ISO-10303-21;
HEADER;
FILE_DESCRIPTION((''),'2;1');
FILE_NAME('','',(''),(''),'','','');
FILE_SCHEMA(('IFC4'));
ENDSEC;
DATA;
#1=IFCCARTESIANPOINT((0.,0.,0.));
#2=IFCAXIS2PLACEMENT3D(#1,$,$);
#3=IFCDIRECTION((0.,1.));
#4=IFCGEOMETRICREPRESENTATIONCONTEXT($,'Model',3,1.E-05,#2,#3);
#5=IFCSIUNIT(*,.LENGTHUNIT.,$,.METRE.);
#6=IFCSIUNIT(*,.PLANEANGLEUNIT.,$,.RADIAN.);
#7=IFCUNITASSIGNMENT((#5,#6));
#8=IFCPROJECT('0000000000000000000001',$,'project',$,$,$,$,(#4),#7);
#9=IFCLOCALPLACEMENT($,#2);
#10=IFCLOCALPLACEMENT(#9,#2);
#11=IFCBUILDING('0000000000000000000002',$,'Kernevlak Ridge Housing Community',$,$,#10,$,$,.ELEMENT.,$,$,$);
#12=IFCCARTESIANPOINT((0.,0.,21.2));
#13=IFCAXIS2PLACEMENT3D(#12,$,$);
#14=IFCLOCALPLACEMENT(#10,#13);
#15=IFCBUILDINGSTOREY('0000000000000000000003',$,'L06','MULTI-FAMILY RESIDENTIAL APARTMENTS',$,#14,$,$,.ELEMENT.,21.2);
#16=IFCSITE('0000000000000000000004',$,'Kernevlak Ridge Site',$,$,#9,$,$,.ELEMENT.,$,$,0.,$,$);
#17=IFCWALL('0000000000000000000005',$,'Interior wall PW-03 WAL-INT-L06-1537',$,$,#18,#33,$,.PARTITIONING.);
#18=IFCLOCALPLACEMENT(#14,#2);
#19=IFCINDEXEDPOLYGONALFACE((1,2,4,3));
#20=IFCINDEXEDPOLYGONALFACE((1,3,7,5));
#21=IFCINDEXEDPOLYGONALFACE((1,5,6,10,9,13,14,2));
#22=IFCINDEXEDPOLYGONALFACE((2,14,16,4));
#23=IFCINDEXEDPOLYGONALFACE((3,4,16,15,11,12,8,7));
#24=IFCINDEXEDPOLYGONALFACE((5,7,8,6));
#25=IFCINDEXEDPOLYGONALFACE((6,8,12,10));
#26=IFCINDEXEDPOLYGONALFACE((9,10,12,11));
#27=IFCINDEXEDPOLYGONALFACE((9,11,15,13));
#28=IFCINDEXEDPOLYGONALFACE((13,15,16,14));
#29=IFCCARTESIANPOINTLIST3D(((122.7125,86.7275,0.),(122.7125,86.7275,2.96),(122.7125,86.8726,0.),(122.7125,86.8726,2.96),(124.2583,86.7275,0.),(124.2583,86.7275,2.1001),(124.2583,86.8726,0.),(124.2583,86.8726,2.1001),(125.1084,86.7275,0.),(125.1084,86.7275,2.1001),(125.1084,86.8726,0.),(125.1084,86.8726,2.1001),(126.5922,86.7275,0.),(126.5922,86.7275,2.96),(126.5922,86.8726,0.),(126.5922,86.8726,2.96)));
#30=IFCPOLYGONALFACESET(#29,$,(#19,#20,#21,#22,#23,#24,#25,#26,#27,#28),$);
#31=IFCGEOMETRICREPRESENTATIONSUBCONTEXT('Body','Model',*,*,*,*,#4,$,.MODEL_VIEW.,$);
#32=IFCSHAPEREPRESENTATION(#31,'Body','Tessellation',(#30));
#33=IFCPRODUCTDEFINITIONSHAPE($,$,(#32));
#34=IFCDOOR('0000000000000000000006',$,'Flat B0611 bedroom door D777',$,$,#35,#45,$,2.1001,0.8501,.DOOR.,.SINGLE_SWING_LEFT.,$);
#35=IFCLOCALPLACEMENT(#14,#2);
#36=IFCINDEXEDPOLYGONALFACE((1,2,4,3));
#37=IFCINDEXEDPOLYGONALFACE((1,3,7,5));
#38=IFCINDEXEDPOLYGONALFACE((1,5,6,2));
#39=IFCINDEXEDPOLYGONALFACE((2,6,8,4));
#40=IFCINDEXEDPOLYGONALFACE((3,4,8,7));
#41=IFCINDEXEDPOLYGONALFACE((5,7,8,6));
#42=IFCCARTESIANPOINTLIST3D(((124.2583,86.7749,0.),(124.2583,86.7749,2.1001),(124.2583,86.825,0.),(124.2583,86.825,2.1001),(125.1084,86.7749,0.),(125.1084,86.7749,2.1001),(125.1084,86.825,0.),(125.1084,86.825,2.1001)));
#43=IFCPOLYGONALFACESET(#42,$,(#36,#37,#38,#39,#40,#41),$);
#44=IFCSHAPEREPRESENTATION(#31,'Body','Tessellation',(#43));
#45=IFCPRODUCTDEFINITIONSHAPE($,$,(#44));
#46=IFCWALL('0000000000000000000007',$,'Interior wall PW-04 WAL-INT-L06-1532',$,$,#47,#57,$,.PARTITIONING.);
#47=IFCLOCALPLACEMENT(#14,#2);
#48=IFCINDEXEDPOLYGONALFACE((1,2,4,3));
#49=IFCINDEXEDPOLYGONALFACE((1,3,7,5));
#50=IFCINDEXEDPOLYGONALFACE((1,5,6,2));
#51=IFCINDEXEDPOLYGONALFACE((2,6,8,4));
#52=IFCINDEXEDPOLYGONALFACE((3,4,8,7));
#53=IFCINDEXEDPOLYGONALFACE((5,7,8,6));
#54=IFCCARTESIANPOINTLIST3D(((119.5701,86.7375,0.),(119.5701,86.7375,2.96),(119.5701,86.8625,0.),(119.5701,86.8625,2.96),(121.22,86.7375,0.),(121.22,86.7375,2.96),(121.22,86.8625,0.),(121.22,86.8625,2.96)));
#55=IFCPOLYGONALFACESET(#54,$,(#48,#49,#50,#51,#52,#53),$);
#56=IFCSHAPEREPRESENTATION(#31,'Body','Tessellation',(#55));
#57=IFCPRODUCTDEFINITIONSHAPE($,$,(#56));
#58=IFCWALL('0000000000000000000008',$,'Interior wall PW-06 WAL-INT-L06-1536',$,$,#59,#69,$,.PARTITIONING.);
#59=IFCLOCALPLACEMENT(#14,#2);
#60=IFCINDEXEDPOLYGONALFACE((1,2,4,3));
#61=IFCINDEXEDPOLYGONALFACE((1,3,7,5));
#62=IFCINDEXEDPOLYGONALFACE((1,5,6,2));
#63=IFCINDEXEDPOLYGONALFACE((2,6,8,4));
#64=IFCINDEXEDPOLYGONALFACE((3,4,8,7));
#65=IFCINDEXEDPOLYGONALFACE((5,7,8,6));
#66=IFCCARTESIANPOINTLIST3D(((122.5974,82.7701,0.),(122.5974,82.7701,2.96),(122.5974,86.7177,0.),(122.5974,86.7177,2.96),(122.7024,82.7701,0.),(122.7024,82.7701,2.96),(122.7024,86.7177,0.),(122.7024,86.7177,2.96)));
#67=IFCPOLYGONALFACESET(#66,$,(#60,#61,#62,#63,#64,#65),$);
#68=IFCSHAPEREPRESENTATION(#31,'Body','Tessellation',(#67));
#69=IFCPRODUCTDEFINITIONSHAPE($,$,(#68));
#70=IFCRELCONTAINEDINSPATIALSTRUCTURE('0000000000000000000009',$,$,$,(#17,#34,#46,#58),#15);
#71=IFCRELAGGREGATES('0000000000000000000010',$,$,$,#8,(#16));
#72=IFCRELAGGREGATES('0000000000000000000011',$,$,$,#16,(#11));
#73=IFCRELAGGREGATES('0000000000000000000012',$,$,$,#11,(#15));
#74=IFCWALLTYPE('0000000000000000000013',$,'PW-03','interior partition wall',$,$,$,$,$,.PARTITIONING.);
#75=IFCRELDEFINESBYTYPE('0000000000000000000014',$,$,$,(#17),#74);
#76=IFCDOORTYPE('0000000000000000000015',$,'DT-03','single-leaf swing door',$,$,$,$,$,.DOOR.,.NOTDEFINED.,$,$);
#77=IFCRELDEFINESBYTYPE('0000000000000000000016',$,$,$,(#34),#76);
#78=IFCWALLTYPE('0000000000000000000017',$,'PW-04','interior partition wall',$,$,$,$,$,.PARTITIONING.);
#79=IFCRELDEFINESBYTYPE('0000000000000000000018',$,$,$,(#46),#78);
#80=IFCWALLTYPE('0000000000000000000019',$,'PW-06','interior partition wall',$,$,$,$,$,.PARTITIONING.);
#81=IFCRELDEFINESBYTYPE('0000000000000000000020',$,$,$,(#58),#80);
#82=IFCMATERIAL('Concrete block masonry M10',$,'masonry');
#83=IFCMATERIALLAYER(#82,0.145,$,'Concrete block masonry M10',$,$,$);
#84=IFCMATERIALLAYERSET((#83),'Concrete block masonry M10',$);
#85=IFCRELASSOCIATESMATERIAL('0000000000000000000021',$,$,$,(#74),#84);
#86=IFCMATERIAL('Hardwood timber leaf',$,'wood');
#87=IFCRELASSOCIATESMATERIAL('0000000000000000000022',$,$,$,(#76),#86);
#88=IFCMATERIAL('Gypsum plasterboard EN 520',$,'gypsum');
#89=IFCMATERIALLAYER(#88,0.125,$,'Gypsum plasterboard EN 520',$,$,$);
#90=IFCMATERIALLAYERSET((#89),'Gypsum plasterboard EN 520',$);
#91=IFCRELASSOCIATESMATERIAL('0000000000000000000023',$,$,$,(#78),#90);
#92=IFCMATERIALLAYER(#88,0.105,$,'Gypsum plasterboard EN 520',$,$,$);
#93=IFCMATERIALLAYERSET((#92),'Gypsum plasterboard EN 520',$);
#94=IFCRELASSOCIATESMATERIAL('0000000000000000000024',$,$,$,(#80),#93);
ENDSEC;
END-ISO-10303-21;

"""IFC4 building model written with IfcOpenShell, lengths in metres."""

from ifc_helpers import new_model, si_unit, direction, frame, frame_2d, origin, place, context, subcontext, project, spatial, rectangle, extrude, material, layer, layer_set, type_object, element, fill, save


model = new_model("IFC4")

# Units and contexts
model_context = context("Model", 3, precision=1e-05, world=origin(), true_north=direction((0.0, 1.0)))
body_context = subcontext(model_context, "Body", "Model", "MODEL_VIEW")
ifc_project = project(units=[si_unit("LENGTHUNIT", "METRE"), si_unit("PLANEANGLEUNIT", "RADIAN")], contexts=[model_context])

# Site, building, storey
site_placement = place(None, origin())
site = spatial("IfcSite", under=ifc_project, at=site_placement, Name="Kernevlak Ridge Site", CompositionType="ELEMENT", RefElevation=0.0)
building_placement = place(site_placement, origin())
building = spatial("IfcBuilding", under=site, at=building_placement, Name="Kernevlak Ridge Housing Community", CompositionType="ELEMENT")
storey_placement = place(building_placement, frame((0.0, 0.0, 21.2)))
storey = spatial("IfcBuildingStorey", under=building, at=storey_placement, Name="L06", Description="MULTI-FAMILY RESIDENTIAL APARTMENTS", CompositionType="ELEMENT", Elevation=21.2)

# Shared definitions
ifc_material_1 = material(Name="Concrete block masonry M10", Category="masonry")

# Wall, opening, door
ifc_layer_1 = layer(ifc_material_1, 0.145, Name="Concrete block masonry M10")
ifc_layer_set_1 = layer_set([ifc_layer_1], Name="Concrete block masonry M10")
wall_type_1 = type_object("IfcWallType", Name="PW-03", Description="interior partition wall", PredefinedType="PARTITIONING", material=ifc_layer_set_1)
ifc_material_2 = material(Name="Hardwood timber leaf", Category="wood")
wall_1_placement = place(storey_placement, frame((122.7124, 86.8, 0.0), z_axis=(0.0, 0.0, 1.0), x_axis=(1.0, 0.0, 0.0)))
wall_1 = element("IfcWall", 1, at=wall_1_placement, inside=storey, type_object=wall_type_1, Name="Interior wall PW-03 WAL-INT-L06-1537", PredefinedType="PARTITIONING", context=body_context, shape_type="SweptSolid", body=[
    extrude(rectangle(XDim=3.8796, YDim=0.145, at=frame_2d((1.9399, 0.0))), origin(), (0.0, 0.0, 1.0), 2.96),
])
opening_1_placement = place(wall_1_placement, frame((1.5459, 0.0, 0.0)))
opening_1 = element("IfcOpeningElement", 2, at=opening_1_placement, cuts=wall_1, PredefinedType="OPENING", context=body_context, shape_type="SweptSolid", body=[
    extrude(rectangle(XDim=0.8501, YDim=2.1001, at=frame_2d((0.425, 1.05))), frame((0.0, 0.0825, 0.0), z_axis=(0.0, -1.0, 0.0), x_axis=(1.0, 0.0, 0.0)), (0.0, 0.0, 1.0), 0.165),
])
door_type_1 = type_object("IfcDoorType", Name="DT-03", Description="single-leaf swing door", OperationType="NOTDEFINED", PredefinedType="DOOR", material=ifc_material_2)
door_1_placement = place(opening_1_placement, origin())
door_1 = element("IfcDoor", 3, at=door_1_placement, inside=storey, type_object=door_type_1, Name="Flat B0611 bedroom door D777", OperationType="SINGLE_SWING_LEFT", OverallHeight=2.1001, OverallWidth=0.8501, PredefinedType="DOOR", context=body_context, shape_type="SweptSolid", body=[
    extrude(rectangle(XDim=0.8501, YDim=2.1001, at=frame_2d((0.425, 1.05))), frame((0.0, 0.0249, 0.0), z_axis=(0.0, -1.0, 0.0), x_axis=(1.0, 0.0, 0.0)), (0.0, 0.0, 1.0), 0.05),
])
fill(opening_1, door_1)

# Walls
ifc_material_3 = material(Name="Gypsum plasterboard EN 520", Category="gypsum")
ifc_layer_2 = layer(ifc_material_3, 0.125, Name="Gypsum plasterboard EN 520")
ifc_layer_set_2 = layer_set([ifc_layer_2], Name="Gypsum plasterboard EN 520")
wall_type_2 = type_object("IfcWallType", Name="PW-04", Description="interior partition wall", PredefinedType="PARTITIONING", material=ifc_layer_set_2)
wall_2_placement = place(storey_placement, frame((119.5701, 86.8, 0.0), z_axis=(0.0, 0.0, 1.0), x_axis=(1.0, 0.0, 0.0)))
element("IfcWall", 4, at=wall_2_placement, inside=storey, type_object=wall_type_2, Name="Interior wall PW-04 WAL-INT-L06-1532", PredefinedType="PARTITIONING", context=body_context, shape_type="SweptSolid", body=[
    extrude(rectangle(XDim=1.6499, YDim=0.125, at=frame_2d((0.825, 0.0))), origin(), (0.0, 0.0, 1.0), 2.96),
])
ifc_layer_3 = layer(ifc_material_3, 0.105, Name="Gypsum plasterboard EN 520")
ifc_layer_set_3 = layer_set([ifc_layer_3], Name="Gypsum plasterboard EN 520")
wall_type_3 = type_object("IfcWallType", Name="PW-06", Description="interior partition wall", PredefinedType="PARTITIONING", material=ifc_layer_set_3)
wall_3_placement = place(storey_placement, frame((122.6499, 86.7175, 0.0), z_axis=(0.0, 0.0, 1.0), x_axis=(0.0, -1.0, 0.0)))
element("IfcWall", 5, at=wall_3_placement, inside=storey, type_object=wall_type_3, Name="Interior wall PW-06 WAL-INT-L06-1536", PredefinedType="PARTITIONING", context=body_context, shape_type="SweptSolid", body=[
    extrude(rectangle(XDim=3.9475, YDim=0.105, at=frame_2d((1.9736, 0.0))), origin(), (0.0, 0.0, 1.0), 2.96),
])

save(model, "model.ifc")
